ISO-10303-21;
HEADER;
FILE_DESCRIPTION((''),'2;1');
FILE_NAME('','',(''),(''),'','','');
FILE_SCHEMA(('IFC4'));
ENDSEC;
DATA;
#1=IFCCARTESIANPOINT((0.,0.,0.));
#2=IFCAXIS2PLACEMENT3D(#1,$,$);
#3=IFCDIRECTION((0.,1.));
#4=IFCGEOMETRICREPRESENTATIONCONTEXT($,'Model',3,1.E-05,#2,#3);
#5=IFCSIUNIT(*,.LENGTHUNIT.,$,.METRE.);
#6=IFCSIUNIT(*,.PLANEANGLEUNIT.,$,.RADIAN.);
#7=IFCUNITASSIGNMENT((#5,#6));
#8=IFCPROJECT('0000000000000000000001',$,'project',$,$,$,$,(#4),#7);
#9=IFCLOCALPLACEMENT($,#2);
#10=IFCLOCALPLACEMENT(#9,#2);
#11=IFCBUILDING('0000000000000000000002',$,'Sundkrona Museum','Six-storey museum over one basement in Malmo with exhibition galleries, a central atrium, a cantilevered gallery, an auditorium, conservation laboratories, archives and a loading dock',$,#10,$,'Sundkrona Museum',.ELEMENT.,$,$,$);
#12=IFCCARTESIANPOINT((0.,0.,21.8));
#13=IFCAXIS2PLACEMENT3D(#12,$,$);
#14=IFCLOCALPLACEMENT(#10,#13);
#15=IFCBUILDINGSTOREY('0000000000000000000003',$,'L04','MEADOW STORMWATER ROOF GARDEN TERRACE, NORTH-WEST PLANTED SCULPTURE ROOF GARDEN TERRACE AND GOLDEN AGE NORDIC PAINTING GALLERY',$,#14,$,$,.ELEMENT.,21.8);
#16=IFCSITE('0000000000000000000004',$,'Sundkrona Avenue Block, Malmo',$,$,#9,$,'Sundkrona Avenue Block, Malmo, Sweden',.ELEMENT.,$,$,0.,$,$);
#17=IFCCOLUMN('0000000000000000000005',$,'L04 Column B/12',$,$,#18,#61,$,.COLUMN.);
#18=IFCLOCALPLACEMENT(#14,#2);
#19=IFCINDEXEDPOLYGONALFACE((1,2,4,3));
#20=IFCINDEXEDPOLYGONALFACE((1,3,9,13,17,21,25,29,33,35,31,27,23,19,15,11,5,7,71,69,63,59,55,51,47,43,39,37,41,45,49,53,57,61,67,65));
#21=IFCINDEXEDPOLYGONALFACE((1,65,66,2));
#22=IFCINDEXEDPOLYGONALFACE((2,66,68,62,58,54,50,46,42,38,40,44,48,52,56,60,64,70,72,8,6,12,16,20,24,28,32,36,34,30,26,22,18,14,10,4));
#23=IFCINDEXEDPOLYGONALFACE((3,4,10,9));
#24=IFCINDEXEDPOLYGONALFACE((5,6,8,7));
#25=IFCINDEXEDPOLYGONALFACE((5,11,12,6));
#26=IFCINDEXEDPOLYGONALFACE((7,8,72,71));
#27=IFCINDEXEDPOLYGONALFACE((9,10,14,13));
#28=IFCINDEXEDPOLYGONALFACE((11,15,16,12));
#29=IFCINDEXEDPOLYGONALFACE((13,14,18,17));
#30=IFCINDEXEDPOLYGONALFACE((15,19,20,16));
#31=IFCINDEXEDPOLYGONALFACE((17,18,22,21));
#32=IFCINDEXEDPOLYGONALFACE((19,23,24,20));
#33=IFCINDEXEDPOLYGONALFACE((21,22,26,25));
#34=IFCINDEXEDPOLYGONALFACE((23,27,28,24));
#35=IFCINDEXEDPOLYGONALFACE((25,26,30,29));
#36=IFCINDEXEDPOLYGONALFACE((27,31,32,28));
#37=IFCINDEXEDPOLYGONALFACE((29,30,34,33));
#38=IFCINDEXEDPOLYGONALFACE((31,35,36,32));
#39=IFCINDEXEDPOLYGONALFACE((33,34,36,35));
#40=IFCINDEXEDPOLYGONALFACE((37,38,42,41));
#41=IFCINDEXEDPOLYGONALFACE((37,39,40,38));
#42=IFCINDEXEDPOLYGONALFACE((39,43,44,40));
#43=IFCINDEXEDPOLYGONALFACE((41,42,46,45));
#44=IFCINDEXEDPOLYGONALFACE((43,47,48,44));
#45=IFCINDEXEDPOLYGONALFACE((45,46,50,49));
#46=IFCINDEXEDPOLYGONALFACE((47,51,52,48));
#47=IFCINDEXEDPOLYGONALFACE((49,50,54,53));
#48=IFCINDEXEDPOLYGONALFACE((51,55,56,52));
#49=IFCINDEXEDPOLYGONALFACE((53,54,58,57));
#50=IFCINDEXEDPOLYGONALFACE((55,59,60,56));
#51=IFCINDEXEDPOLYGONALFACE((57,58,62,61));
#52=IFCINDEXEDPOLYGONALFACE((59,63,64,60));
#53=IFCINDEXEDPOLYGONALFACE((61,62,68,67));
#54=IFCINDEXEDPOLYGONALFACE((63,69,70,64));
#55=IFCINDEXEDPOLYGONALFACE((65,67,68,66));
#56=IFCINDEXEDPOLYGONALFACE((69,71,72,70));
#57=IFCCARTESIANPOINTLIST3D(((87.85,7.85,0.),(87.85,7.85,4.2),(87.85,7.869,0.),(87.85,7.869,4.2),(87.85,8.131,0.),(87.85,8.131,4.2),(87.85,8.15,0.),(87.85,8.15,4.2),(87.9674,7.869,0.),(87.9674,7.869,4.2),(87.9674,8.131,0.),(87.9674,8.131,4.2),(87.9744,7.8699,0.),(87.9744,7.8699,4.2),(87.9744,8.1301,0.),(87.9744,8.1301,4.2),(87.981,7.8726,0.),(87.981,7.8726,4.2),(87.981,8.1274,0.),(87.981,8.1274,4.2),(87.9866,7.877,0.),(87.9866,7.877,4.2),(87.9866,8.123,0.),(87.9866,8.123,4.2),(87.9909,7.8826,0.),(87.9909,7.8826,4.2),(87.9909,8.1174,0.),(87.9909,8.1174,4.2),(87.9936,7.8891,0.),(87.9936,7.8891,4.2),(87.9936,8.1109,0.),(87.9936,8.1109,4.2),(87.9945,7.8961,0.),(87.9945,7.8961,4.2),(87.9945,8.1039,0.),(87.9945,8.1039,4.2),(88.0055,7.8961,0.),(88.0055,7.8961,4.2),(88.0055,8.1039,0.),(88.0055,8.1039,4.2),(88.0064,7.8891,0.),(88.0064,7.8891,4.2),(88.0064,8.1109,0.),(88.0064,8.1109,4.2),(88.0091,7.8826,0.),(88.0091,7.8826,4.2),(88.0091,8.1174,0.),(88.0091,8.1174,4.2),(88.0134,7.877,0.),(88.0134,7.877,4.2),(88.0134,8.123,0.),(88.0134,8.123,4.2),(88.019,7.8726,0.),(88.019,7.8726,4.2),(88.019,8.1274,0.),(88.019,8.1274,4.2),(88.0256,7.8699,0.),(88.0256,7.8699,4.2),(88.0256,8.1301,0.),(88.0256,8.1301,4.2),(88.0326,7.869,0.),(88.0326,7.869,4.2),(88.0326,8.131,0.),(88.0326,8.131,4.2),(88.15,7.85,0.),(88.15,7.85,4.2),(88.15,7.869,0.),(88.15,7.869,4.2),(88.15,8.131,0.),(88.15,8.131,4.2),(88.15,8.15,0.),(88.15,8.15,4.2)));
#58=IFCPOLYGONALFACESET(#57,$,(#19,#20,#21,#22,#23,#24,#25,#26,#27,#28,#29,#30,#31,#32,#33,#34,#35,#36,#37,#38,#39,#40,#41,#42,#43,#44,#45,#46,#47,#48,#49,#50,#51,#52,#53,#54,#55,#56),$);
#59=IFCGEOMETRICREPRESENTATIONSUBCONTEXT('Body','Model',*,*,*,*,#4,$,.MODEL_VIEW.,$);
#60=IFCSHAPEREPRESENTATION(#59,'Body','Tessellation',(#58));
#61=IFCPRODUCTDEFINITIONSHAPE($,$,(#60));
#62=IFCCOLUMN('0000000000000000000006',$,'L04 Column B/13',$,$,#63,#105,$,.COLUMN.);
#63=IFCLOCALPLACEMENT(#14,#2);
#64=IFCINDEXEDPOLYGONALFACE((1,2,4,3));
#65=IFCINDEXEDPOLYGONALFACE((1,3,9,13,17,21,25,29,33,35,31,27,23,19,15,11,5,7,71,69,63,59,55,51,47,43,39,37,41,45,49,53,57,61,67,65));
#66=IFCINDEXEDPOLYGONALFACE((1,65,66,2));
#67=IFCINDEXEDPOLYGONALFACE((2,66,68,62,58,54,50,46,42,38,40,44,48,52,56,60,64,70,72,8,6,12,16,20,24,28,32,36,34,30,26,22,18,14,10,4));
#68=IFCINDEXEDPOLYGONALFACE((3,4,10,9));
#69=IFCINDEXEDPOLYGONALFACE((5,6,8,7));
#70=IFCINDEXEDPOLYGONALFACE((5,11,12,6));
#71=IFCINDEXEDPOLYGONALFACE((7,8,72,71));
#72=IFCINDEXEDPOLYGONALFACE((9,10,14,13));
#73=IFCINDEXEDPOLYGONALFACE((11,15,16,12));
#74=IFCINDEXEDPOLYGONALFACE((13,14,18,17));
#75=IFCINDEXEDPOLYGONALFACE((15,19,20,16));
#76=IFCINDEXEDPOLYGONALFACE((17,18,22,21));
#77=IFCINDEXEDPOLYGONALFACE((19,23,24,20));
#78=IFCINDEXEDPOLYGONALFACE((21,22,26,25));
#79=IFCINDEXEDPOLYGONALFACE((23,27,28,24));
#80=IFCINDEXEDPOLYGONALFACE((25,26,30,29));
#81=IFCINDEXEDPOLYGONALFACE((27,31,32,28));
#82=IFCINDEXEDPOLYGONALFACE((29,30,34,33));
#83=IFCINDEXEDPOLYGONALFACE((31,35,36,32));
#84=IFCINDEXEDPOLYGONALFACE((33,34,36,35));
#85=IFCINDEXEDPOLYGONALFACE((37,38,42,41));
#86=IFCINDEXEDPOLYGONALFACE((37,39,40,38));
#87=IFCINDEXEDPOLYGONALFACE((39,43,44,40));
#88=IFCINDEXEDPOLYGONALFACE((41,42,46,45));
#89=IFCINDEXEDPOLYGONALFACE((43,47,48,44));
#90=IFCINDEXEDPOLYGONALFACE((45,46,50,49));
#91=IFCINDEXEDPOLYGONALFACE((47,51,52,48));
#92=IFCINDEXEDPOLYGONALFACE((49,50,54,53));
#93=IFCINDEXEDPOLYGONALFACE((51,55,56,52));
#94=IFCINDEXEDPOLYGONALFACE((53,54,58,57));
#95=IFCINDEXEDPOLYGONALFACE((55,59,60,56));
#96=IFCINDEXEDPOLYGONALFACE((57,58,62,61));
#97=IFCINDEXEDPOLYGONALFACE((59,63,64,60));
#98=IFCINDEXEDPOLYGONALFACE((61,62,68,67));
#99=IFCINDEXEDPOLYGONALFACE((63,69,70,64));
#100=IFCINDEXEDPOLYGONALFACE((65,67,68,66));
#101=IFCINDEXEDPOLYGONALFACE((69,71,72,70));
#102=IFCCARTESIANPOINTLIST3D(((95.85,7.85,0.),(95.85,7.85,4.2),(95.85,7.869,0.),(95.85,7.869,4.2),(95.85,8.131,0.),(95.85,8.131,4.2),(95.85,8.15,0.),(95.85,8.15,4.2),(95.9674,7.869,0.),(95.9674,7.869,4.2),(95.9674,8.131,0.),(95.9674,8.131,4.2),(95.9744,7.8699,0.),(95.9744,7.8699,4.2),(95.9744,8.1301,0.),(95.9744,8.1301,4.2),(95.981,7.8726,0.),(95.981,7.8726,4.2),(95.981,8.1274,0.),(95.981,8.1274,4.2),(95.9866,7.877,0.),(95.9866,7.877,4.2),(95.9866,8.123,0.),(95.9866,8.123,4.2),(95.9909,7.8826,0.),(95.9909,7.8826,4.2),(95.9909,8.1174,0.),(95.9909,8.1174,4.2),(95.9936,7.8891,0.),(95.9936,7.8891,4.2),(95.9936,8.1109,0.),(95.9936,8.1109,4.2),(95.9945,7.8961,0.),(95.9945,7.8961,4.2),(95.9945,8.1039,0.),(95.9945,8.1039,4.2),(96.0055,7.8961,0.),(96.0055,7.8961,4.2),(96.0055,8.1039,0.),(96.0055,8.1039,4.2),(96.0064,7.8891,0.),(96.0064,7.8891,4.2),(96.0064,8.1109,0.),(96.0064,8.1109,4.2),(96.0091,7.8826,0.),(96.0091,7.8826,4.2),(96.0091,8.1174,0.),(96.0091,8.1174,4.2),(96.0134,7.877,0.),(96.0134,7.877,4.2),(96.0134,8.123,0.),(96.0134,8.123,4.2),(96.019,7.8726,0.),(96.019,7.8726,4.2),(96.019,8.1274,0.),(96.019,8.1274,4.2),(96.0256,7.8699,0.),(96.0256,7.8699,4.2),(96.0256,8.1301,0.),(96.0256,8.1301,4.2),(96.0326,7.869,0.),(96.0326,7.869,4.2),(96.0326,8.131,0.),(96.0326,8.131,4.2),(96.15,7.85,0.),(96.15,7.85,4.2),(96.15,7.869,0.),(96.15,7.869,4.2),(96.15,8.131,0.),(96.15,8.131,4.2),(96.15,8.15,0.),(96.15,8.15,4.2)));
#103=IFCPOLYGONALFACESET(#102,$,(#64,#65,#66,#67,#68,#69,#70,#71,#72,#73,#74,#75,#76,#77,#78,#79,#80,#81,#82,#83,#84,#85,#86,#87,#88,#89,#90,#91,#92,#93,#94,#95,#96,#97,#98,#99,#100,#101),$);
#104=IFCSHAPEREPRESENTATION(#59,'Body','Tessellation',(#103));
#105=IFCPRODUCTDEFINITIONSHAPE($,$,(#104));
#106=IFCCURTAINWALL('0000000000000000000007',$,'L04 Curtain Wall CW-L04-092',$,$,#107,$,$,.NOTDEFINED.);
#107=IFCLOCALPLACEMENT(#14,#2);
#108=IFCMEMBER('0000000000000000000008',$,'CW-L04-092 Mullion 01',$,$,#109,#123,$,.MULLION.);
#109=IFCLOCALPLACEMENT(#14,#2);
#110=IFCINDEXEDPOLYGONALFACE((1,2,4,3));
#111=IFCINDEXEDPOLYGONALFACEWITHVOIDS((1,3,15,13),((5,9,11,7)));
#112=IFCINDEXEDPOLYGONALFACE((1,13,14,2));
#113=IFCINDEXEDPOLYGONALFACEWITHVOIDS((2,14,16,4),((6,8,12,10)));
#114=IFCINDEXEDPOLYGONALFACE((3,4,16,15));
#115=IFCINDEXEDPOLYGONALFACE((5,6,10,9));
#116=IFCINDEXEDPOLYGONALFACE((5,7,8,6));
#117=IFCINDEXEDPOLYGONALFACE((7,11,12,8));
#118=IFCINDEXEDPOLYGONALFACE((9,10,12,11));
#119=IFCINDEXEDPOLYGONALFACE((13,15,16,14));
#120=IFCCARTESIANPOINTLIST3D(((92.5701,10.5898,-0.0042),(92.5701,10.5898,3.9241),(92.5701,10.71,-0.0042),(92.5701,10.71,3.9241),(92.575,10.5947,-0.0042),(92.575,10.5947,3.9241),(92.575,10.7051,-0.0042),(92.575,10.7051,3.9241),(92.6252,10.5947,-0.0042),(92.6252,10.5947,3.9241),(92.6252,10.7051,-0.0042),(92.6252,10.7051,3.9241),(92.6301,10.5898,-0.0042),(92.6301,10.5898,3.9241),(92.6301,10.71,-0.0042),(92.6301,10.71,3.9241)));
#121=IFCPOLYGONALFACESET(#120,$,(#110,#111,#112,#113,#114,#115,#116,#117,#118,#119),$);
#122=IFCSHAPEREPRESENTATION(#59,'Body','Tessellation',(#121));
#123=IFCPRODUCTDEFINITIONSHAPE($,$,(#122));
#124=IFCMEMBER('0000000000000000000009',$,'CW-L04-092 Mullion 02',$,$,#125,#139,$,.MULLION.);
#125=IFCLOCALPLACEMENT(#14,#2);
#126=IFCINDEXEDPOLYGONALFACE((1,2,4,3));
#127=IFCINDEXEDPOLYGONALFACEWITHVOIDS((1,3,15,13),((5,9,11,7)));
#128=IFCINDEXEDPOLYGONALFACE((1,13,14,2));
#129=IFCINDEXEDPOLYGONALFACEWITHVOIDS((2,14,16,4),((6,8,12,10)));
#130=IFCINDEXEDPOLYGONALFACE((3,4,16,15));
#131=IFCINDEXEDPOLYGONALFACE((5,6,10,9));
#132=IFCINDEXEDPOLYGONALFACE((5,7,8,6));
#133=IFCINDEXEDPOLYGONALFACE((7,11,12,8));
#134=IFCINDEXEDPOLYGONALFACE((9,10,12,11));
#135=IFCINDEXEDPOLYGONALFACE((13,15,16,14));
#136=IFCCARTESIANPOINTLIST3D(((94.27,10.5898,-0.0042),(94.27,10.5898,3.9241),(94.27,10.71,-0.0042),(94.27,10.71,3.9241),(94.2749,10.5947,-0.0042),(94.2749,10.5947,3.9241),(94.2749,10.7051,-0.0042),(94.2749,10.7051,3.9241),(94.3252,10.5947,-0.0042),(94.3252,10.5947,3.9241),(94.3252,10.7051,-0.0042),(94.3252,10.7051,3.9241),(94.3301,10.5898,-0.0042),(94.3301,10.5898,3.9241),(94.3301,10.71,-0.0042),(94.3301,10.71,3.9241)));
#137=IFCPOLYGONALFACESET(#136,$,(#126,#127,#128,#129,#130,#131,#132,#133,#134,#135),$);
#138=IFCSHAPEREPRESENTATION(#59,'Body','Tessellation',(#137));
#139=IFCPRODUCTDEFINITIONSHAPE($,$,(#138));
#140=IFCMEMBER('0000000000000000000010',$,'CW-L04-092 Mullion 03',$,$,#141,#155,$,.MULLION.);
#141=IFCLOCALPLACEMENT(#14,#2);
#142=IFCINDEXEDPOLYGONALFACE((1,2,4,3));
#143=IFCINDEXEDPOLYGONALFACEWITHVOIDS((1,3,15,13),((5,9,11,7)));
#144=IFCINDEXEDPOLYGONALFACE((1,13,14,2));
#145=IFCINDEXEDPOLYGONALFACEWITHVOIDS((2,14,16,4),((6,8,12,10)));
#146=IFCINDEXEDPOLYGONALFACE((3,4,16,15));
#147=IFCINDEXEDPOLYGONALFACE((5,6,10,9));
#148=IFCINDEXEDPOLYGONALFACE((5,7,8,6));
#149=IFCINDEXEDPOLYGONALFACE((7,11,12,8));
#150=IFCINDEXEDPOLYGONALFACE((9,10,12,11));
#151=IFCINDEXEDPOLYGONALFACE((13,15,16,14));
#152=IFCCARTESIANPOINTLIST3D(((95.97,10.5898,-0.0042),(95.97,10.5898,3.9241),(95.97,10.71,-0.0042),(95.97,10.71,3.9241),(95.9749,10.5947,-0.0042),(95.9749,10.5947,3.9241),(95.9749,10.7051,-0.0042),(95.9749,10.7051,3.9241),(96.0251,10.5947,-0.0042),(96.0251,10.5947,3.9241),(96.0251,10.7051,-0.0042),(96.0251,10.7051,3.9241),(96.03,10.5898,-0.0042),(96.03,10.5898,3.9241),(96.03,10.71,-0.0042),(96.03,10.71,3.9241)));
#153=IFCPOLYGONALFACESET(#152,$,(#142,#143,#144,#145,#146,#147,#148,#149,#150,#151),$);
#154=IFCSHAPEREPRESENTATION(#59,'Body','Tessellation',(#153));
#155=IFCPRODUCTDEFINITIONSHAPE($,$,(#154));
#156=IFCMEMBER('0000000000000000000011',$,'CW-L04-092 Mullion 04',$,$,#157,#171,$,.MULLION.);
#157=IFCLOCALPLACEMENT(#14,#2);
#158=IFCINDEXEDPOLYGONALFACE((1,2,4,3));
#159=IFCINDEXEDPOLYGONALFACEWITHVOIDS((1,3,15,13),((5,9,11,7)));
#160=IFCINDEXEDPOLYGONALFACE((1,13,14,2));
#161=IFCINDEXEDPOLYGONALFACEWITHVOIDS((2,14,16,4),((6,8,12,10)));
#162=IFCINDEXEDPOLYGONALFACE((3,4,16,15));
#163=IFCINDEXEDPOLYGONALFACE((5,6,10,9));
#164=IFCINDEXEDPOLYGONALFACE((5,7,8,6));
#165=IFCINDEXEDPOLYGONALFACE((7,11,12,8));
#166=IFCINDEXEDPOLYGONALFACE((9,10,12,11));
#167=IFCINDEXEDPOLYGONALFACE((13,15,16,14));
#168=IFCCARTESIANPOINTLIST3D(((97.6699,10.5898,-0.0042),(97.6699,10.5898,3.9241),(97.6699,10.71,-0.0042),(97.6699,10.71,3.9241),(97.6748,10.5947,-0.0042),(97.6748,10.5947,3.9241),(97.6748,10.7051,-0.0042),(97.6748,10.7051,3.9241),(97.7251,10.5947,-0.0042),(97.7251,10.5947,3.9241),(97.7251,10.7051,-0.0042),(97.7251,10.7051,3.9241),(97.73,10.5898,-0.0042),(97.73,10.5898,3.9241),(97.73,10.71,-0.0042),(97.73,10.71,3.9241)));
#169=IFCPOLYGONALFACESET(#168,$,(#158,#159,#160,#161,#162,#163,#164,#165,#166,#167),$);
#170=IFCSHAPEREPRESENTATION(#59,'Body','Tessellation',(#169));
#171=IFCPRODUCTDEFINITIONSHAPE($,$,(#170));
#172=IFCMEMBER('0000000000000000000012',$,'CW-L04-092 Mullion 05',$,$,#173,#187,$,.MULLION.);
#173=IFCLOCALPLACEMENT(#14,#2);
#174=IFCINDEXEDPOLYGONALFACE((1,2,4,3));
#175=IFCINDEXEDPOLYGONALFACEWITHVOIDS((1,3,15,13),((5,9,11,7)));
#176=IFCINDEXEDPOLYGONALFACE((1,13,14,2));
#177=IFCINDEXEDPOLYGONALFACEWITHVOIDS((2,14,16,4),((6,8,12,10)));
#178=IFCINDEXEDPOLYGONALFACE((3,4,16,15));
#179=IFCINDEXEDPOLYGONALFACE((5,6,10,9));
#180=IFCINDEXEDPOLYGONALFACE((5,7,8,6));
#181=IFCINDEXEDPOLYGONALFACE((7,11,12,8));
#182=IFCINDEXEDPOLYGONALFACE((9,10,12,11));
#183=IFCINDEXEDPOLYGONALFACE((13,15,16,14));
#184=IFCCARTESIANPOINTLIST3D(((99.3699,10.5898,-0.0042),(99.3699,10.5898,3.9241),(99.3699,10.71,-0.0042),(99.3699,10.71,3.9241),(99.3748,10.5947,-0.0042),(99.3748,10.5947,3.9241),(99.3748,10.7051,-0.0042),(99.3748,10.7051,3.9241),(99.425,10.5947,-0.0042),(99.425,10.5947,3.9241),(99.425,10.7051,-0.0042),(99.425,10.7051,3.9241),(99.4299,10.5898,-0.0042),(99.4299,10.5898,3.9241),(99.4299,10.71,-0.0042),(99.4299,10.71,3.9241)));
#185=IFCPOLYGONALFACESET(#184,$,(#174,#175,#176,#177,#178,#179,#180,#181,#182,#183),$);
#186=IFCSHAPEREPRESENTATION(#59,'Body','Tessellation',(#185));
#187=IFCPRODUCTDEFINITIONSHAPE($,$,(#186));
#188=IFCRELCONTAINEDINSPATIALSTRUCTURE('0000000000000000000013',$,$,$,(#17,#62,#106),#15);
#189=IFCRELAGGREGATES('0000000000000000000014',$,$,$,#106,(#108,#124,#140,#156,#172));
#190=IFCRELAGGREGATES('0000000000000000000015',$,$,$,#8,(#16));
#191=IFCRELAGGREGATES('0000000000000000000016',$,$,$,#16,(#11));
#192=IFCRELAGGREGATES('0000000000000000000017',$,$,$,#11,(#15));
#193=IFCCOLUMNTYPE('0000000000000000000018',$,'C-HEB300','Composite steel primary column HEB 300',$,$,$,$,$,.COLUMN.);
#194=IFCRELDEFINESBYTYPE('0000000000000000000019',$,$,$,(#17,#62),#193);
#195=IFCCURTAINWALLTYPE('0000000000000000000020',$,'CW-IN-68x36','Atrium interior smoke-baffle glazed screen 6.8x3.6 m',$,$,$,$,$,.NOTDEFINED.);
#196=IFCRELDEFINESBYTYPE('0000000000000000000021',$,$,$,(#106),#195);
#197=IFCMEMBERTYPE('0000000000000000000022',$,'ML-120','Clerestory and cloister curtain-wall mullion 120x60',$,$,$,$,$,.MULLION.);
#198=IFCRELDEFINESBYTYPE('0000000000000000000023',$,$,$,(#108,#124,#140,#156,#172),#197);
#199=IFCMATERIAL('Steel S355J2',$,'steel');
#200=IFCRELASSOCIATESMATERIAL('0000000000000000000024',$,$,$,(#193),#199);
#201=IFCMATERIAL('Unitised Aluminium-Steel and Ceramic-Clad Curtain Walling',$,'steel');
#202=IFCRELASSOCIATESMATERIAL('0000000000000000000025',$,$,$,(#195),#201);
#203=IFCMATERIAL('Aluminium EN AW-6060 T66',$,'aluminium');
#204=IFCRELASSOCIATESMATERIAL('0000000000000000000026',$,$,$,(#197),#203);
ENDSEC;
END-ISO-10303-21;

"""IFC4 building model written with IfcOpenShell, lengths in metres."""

from ifc_helpers import new_model, si_unit, direction, frame, origin, origin_2d, place, context, subcontext, project, spatial, hollow_rectangle, i_section, extrude, material, material_profile, profile_set, type_object, element, aggregate, save


model = new_model("IFC4")

# Units and contexts
model_context = context("Model", 3, precision=1e-05, world=origin(), true_north=direction((0.0, 1.0)))
body_context = subcontext(model_context, "Body", "Model", "MODEL_VIEW")
ifc_project = project(units=[si_unit("LENGTHUNIT", "METRE"), si_unit("PLANEANGLEUNIT", "RADIAN")], contexts=[model_context])

# Site, building, storey
site_placement = place(None, origin())
site = spatial("IfcSite", under=ifc_project, at=site_placement, Name="Sundkrona Avenue Block, Malmo", LongName="Sundkrona Avenue Block, Malmo, Sweden", CompositionType="ELEMENT", RefElevation=0.0)
building_placement = place(site_placement, origin())
building = spatial("IfcBuilding", under=site, at=building_placement, Name="Sundkrona Museum", Description="Six-storey museum over one basement in Malmo with exhibition galleries, a central atrium, a cantilevered gallery, an auditorium, conservation laboratories, archives and a loading dock", LongName="Sundkrona Museum", CompositionType="ELEMENT")
storey_placement = place(building_placement, frame((0.0, 0.0, 21.8)))
storey = spatial("IfcBuildingStorey", under=building, at=storey_placement, Name="L04", Description="MEADOW STORMWATER ROOF GARDEN TERRACE, NORTH-WEST PLANTED SCULPTURE ROOF GARDEN TERRACE AND GOLDEN AGE NORDIC PAINTING GALLERY", CompositionType="ELEMENT", Elevation=21.8)

# Columns
ifc_material_1 = material(Name="Steel S355J2", Category="steel")
ifc_material_profile_1 = material_profile(ifc_material_1, i_section(OverallWidth=0.3, OverallDepth=0.3, WebThickness=0.011, FlangeThickness=0.019, FilletRadius=0.0271, at=origin_2d()), Name="HEB 300")
ifc_profile_set_1 = profile_set([ifc_material_profile_1], Name="Steel S355J2")
column_type = type_object("IfcColumnType", Name="C-HEB300", Description="Composite steel primary column HEB 300", PredefinedType="COLUMN", material=ifc_profile_set_1)
for number, where, z_axis, x_axis, name in (
    (1, (88.0, 8.0, 0.0), (0.0, 0.0, 1.0), (1.0, 0.0, 0.0), "L04 Column B/12"),
    (2, (96.0, 8.0, 0.0), (0.0, 0.0, 1.0), (1.0, 0.0, 0.0), "L04 Column B/13"),
):
    element("IfcColumn", number, at=place(storey_placement, frame(where, z_axis=z_axis, x_axis=x_axis)), inside=storey, type_object=column_type, Name=name, PredefinedType="COLUMN", context=body_context, shape_type="SweptSolid", body=[
        extrude(i_section(OverallWidth=0.3, OverallDepth=0.3, WebThickness=0.011, FlangeThickness=0.019, FilletRadius=0.0271, at=origin_2d()), origin(), (0.0, 0.0, 1.0), 4.2),
    ])

# Curtain wall, members
ifc_material_2 = material(Name="Unitised Aluminium-Steel and Ceramic-Clad Curtain Walling", Category="steel")
curtain_wall_type = type_object("IfcCurtainWallType", Name="CW-IN-68x36", Description="Atrium interior smoke-baffle glazed screen 6.8x3.6 m", PredefinedType="NOTDEFINED", material=ifc_material_2)
curtain_wall_placement = place(storey_placement, origin())
curtain_wall = element("IfcCurtainWall", 3, at=curtain_wall_placement, inside=storey, type_object=curtain_wall_type, Name="L04 Curtain Wall CW-L04-092", PredefinedType="NOTDEFINED")
ifc_material_3 = material(Name="Aluminium EN AW-6060 T66", Category="aluminium")
ifc_material_profile_2 = material_profile(ifc_material_3, hollow_rectangle(XDim=0.0601, YDim=0.1201, WallThickness=0.0049, at=origin_2d()), Name="RHS 120x60x5.0")
ifc_profile_set_2 = profile_set([ifc_material_profile_2], Name="Aluminium EN AW-6060 T66")
member_type_1 = type_object("IfcMemberType", Name="ML-120", Description="Clerestory and cloister curtain-wall mullion 120x60", PredefinedType="MULLION", material=ifc_profile_set_2)
member_1_placement = place(storey_placement, frame((92.6001, 10.6499, -0.0042), z_axis=(0.0, 0.0, 1.0), x_axis=(1.0, 0.0, 0.0)))
member_1 = element("IfcMember", 4, at=member_1_placement, type_object=member_type_1, Name="CW-L04-092 Mullion 01", PredefinedType="MULLION", context=body_context, shape_type="SweptSolid", body=[
    extrude(hollow_rectangle(XDim=0.0601, YDim=0.1201, WallThickness=0.0049, at=origin_2d()), origin(), (0.0, 0.0, 1.0), 3.9282),
])
member_2_placement = place(storey_placement, frame((94.3, 10.6499, -0.0042), z_axis=(0.0, 0.0, 1.0), x_axis=(1.0, 0.0, 0.0)))
member_2 = element("IfcMember", 5, at=member_2_placement, type_object=member_type_1, Name="CW-L04-092 Mullion 02", PredefinedType="MULLION", context=body_context, shape_type="SweptSolid", body=[
    extrude(hollow_rectangle(XDim=0.0601, YDim=0.1201, WallThickness=0.0049, at=origin_2d()), origin(), (0.0, 0.0, 1.0), 3.9282),
])
member_3_placement = place(storey_placement, frame((96.0, 10.6499, -0.0042), z_axis=(0.0, 0.0, 1.0), x_axis=(1.0, 0.0, 0.0)))
member_3 = element("IfcMember", 6, at=member_3_placement, type_object=member_type_1, Name="CW-L04-092 Mullion 03", PredefinedType="MULLION", context=body_context, shape_type="SweptSolid", body=[
    extrude(hollow_rectangle(XDim=0.0601, YDim=0.1201, WallThickness=0.0049, at=origin_2d()), origin(), (0.0, 0.0, 1.0), 3.9282),
])
member_4_placement = place(storey_placement, frame((97.7, 10.6499, -0.0042), z_axis=(0.0, 0.0, 1.0), x_axis=(1.0, 0.0, 0.0)))
member_4 = element("IfcMember", 7, at=member_4_placement, type_object=member_type_1, Name="CW-L04-092 Mullion 04", PredefinedType="MULLION", context=body_context, shape_type="SweptSolid", body=[
    extrude(hollow_rectangle(XDim=0.0601, YDim=0.1201, WallThickness=0.0049, at=origin_2d()), origin(), (0.0, 0.0, 1.0), 3.9282),
])
member_5_placement = place(storey_placement, frame((99.3999, 10.6499, -0.0042), z_axis=(0.0, 0.0, 1.0), x_axis=(1.0, 0.0, 0.0)))
member_5 = element("IfcMember", 8, at=member_5_placement, type_object=member_type_1, Name="CW-L04-092 Mullion 05", PredefinedType="MULLION", context=body_context, shape_type="SweptSolid", body=[
    extrude(hollow_rectangle(XDim=0.0601, YDim=0.1201, WallThickness=0.0049, at=origin_2d()), origin(), (0.0, 0.0, 1.0), 3.9282),
])
aggregate(curtain_wall, [member_1, member_2, member_3, member_4, member_5])

save(model, "model.ifc")
